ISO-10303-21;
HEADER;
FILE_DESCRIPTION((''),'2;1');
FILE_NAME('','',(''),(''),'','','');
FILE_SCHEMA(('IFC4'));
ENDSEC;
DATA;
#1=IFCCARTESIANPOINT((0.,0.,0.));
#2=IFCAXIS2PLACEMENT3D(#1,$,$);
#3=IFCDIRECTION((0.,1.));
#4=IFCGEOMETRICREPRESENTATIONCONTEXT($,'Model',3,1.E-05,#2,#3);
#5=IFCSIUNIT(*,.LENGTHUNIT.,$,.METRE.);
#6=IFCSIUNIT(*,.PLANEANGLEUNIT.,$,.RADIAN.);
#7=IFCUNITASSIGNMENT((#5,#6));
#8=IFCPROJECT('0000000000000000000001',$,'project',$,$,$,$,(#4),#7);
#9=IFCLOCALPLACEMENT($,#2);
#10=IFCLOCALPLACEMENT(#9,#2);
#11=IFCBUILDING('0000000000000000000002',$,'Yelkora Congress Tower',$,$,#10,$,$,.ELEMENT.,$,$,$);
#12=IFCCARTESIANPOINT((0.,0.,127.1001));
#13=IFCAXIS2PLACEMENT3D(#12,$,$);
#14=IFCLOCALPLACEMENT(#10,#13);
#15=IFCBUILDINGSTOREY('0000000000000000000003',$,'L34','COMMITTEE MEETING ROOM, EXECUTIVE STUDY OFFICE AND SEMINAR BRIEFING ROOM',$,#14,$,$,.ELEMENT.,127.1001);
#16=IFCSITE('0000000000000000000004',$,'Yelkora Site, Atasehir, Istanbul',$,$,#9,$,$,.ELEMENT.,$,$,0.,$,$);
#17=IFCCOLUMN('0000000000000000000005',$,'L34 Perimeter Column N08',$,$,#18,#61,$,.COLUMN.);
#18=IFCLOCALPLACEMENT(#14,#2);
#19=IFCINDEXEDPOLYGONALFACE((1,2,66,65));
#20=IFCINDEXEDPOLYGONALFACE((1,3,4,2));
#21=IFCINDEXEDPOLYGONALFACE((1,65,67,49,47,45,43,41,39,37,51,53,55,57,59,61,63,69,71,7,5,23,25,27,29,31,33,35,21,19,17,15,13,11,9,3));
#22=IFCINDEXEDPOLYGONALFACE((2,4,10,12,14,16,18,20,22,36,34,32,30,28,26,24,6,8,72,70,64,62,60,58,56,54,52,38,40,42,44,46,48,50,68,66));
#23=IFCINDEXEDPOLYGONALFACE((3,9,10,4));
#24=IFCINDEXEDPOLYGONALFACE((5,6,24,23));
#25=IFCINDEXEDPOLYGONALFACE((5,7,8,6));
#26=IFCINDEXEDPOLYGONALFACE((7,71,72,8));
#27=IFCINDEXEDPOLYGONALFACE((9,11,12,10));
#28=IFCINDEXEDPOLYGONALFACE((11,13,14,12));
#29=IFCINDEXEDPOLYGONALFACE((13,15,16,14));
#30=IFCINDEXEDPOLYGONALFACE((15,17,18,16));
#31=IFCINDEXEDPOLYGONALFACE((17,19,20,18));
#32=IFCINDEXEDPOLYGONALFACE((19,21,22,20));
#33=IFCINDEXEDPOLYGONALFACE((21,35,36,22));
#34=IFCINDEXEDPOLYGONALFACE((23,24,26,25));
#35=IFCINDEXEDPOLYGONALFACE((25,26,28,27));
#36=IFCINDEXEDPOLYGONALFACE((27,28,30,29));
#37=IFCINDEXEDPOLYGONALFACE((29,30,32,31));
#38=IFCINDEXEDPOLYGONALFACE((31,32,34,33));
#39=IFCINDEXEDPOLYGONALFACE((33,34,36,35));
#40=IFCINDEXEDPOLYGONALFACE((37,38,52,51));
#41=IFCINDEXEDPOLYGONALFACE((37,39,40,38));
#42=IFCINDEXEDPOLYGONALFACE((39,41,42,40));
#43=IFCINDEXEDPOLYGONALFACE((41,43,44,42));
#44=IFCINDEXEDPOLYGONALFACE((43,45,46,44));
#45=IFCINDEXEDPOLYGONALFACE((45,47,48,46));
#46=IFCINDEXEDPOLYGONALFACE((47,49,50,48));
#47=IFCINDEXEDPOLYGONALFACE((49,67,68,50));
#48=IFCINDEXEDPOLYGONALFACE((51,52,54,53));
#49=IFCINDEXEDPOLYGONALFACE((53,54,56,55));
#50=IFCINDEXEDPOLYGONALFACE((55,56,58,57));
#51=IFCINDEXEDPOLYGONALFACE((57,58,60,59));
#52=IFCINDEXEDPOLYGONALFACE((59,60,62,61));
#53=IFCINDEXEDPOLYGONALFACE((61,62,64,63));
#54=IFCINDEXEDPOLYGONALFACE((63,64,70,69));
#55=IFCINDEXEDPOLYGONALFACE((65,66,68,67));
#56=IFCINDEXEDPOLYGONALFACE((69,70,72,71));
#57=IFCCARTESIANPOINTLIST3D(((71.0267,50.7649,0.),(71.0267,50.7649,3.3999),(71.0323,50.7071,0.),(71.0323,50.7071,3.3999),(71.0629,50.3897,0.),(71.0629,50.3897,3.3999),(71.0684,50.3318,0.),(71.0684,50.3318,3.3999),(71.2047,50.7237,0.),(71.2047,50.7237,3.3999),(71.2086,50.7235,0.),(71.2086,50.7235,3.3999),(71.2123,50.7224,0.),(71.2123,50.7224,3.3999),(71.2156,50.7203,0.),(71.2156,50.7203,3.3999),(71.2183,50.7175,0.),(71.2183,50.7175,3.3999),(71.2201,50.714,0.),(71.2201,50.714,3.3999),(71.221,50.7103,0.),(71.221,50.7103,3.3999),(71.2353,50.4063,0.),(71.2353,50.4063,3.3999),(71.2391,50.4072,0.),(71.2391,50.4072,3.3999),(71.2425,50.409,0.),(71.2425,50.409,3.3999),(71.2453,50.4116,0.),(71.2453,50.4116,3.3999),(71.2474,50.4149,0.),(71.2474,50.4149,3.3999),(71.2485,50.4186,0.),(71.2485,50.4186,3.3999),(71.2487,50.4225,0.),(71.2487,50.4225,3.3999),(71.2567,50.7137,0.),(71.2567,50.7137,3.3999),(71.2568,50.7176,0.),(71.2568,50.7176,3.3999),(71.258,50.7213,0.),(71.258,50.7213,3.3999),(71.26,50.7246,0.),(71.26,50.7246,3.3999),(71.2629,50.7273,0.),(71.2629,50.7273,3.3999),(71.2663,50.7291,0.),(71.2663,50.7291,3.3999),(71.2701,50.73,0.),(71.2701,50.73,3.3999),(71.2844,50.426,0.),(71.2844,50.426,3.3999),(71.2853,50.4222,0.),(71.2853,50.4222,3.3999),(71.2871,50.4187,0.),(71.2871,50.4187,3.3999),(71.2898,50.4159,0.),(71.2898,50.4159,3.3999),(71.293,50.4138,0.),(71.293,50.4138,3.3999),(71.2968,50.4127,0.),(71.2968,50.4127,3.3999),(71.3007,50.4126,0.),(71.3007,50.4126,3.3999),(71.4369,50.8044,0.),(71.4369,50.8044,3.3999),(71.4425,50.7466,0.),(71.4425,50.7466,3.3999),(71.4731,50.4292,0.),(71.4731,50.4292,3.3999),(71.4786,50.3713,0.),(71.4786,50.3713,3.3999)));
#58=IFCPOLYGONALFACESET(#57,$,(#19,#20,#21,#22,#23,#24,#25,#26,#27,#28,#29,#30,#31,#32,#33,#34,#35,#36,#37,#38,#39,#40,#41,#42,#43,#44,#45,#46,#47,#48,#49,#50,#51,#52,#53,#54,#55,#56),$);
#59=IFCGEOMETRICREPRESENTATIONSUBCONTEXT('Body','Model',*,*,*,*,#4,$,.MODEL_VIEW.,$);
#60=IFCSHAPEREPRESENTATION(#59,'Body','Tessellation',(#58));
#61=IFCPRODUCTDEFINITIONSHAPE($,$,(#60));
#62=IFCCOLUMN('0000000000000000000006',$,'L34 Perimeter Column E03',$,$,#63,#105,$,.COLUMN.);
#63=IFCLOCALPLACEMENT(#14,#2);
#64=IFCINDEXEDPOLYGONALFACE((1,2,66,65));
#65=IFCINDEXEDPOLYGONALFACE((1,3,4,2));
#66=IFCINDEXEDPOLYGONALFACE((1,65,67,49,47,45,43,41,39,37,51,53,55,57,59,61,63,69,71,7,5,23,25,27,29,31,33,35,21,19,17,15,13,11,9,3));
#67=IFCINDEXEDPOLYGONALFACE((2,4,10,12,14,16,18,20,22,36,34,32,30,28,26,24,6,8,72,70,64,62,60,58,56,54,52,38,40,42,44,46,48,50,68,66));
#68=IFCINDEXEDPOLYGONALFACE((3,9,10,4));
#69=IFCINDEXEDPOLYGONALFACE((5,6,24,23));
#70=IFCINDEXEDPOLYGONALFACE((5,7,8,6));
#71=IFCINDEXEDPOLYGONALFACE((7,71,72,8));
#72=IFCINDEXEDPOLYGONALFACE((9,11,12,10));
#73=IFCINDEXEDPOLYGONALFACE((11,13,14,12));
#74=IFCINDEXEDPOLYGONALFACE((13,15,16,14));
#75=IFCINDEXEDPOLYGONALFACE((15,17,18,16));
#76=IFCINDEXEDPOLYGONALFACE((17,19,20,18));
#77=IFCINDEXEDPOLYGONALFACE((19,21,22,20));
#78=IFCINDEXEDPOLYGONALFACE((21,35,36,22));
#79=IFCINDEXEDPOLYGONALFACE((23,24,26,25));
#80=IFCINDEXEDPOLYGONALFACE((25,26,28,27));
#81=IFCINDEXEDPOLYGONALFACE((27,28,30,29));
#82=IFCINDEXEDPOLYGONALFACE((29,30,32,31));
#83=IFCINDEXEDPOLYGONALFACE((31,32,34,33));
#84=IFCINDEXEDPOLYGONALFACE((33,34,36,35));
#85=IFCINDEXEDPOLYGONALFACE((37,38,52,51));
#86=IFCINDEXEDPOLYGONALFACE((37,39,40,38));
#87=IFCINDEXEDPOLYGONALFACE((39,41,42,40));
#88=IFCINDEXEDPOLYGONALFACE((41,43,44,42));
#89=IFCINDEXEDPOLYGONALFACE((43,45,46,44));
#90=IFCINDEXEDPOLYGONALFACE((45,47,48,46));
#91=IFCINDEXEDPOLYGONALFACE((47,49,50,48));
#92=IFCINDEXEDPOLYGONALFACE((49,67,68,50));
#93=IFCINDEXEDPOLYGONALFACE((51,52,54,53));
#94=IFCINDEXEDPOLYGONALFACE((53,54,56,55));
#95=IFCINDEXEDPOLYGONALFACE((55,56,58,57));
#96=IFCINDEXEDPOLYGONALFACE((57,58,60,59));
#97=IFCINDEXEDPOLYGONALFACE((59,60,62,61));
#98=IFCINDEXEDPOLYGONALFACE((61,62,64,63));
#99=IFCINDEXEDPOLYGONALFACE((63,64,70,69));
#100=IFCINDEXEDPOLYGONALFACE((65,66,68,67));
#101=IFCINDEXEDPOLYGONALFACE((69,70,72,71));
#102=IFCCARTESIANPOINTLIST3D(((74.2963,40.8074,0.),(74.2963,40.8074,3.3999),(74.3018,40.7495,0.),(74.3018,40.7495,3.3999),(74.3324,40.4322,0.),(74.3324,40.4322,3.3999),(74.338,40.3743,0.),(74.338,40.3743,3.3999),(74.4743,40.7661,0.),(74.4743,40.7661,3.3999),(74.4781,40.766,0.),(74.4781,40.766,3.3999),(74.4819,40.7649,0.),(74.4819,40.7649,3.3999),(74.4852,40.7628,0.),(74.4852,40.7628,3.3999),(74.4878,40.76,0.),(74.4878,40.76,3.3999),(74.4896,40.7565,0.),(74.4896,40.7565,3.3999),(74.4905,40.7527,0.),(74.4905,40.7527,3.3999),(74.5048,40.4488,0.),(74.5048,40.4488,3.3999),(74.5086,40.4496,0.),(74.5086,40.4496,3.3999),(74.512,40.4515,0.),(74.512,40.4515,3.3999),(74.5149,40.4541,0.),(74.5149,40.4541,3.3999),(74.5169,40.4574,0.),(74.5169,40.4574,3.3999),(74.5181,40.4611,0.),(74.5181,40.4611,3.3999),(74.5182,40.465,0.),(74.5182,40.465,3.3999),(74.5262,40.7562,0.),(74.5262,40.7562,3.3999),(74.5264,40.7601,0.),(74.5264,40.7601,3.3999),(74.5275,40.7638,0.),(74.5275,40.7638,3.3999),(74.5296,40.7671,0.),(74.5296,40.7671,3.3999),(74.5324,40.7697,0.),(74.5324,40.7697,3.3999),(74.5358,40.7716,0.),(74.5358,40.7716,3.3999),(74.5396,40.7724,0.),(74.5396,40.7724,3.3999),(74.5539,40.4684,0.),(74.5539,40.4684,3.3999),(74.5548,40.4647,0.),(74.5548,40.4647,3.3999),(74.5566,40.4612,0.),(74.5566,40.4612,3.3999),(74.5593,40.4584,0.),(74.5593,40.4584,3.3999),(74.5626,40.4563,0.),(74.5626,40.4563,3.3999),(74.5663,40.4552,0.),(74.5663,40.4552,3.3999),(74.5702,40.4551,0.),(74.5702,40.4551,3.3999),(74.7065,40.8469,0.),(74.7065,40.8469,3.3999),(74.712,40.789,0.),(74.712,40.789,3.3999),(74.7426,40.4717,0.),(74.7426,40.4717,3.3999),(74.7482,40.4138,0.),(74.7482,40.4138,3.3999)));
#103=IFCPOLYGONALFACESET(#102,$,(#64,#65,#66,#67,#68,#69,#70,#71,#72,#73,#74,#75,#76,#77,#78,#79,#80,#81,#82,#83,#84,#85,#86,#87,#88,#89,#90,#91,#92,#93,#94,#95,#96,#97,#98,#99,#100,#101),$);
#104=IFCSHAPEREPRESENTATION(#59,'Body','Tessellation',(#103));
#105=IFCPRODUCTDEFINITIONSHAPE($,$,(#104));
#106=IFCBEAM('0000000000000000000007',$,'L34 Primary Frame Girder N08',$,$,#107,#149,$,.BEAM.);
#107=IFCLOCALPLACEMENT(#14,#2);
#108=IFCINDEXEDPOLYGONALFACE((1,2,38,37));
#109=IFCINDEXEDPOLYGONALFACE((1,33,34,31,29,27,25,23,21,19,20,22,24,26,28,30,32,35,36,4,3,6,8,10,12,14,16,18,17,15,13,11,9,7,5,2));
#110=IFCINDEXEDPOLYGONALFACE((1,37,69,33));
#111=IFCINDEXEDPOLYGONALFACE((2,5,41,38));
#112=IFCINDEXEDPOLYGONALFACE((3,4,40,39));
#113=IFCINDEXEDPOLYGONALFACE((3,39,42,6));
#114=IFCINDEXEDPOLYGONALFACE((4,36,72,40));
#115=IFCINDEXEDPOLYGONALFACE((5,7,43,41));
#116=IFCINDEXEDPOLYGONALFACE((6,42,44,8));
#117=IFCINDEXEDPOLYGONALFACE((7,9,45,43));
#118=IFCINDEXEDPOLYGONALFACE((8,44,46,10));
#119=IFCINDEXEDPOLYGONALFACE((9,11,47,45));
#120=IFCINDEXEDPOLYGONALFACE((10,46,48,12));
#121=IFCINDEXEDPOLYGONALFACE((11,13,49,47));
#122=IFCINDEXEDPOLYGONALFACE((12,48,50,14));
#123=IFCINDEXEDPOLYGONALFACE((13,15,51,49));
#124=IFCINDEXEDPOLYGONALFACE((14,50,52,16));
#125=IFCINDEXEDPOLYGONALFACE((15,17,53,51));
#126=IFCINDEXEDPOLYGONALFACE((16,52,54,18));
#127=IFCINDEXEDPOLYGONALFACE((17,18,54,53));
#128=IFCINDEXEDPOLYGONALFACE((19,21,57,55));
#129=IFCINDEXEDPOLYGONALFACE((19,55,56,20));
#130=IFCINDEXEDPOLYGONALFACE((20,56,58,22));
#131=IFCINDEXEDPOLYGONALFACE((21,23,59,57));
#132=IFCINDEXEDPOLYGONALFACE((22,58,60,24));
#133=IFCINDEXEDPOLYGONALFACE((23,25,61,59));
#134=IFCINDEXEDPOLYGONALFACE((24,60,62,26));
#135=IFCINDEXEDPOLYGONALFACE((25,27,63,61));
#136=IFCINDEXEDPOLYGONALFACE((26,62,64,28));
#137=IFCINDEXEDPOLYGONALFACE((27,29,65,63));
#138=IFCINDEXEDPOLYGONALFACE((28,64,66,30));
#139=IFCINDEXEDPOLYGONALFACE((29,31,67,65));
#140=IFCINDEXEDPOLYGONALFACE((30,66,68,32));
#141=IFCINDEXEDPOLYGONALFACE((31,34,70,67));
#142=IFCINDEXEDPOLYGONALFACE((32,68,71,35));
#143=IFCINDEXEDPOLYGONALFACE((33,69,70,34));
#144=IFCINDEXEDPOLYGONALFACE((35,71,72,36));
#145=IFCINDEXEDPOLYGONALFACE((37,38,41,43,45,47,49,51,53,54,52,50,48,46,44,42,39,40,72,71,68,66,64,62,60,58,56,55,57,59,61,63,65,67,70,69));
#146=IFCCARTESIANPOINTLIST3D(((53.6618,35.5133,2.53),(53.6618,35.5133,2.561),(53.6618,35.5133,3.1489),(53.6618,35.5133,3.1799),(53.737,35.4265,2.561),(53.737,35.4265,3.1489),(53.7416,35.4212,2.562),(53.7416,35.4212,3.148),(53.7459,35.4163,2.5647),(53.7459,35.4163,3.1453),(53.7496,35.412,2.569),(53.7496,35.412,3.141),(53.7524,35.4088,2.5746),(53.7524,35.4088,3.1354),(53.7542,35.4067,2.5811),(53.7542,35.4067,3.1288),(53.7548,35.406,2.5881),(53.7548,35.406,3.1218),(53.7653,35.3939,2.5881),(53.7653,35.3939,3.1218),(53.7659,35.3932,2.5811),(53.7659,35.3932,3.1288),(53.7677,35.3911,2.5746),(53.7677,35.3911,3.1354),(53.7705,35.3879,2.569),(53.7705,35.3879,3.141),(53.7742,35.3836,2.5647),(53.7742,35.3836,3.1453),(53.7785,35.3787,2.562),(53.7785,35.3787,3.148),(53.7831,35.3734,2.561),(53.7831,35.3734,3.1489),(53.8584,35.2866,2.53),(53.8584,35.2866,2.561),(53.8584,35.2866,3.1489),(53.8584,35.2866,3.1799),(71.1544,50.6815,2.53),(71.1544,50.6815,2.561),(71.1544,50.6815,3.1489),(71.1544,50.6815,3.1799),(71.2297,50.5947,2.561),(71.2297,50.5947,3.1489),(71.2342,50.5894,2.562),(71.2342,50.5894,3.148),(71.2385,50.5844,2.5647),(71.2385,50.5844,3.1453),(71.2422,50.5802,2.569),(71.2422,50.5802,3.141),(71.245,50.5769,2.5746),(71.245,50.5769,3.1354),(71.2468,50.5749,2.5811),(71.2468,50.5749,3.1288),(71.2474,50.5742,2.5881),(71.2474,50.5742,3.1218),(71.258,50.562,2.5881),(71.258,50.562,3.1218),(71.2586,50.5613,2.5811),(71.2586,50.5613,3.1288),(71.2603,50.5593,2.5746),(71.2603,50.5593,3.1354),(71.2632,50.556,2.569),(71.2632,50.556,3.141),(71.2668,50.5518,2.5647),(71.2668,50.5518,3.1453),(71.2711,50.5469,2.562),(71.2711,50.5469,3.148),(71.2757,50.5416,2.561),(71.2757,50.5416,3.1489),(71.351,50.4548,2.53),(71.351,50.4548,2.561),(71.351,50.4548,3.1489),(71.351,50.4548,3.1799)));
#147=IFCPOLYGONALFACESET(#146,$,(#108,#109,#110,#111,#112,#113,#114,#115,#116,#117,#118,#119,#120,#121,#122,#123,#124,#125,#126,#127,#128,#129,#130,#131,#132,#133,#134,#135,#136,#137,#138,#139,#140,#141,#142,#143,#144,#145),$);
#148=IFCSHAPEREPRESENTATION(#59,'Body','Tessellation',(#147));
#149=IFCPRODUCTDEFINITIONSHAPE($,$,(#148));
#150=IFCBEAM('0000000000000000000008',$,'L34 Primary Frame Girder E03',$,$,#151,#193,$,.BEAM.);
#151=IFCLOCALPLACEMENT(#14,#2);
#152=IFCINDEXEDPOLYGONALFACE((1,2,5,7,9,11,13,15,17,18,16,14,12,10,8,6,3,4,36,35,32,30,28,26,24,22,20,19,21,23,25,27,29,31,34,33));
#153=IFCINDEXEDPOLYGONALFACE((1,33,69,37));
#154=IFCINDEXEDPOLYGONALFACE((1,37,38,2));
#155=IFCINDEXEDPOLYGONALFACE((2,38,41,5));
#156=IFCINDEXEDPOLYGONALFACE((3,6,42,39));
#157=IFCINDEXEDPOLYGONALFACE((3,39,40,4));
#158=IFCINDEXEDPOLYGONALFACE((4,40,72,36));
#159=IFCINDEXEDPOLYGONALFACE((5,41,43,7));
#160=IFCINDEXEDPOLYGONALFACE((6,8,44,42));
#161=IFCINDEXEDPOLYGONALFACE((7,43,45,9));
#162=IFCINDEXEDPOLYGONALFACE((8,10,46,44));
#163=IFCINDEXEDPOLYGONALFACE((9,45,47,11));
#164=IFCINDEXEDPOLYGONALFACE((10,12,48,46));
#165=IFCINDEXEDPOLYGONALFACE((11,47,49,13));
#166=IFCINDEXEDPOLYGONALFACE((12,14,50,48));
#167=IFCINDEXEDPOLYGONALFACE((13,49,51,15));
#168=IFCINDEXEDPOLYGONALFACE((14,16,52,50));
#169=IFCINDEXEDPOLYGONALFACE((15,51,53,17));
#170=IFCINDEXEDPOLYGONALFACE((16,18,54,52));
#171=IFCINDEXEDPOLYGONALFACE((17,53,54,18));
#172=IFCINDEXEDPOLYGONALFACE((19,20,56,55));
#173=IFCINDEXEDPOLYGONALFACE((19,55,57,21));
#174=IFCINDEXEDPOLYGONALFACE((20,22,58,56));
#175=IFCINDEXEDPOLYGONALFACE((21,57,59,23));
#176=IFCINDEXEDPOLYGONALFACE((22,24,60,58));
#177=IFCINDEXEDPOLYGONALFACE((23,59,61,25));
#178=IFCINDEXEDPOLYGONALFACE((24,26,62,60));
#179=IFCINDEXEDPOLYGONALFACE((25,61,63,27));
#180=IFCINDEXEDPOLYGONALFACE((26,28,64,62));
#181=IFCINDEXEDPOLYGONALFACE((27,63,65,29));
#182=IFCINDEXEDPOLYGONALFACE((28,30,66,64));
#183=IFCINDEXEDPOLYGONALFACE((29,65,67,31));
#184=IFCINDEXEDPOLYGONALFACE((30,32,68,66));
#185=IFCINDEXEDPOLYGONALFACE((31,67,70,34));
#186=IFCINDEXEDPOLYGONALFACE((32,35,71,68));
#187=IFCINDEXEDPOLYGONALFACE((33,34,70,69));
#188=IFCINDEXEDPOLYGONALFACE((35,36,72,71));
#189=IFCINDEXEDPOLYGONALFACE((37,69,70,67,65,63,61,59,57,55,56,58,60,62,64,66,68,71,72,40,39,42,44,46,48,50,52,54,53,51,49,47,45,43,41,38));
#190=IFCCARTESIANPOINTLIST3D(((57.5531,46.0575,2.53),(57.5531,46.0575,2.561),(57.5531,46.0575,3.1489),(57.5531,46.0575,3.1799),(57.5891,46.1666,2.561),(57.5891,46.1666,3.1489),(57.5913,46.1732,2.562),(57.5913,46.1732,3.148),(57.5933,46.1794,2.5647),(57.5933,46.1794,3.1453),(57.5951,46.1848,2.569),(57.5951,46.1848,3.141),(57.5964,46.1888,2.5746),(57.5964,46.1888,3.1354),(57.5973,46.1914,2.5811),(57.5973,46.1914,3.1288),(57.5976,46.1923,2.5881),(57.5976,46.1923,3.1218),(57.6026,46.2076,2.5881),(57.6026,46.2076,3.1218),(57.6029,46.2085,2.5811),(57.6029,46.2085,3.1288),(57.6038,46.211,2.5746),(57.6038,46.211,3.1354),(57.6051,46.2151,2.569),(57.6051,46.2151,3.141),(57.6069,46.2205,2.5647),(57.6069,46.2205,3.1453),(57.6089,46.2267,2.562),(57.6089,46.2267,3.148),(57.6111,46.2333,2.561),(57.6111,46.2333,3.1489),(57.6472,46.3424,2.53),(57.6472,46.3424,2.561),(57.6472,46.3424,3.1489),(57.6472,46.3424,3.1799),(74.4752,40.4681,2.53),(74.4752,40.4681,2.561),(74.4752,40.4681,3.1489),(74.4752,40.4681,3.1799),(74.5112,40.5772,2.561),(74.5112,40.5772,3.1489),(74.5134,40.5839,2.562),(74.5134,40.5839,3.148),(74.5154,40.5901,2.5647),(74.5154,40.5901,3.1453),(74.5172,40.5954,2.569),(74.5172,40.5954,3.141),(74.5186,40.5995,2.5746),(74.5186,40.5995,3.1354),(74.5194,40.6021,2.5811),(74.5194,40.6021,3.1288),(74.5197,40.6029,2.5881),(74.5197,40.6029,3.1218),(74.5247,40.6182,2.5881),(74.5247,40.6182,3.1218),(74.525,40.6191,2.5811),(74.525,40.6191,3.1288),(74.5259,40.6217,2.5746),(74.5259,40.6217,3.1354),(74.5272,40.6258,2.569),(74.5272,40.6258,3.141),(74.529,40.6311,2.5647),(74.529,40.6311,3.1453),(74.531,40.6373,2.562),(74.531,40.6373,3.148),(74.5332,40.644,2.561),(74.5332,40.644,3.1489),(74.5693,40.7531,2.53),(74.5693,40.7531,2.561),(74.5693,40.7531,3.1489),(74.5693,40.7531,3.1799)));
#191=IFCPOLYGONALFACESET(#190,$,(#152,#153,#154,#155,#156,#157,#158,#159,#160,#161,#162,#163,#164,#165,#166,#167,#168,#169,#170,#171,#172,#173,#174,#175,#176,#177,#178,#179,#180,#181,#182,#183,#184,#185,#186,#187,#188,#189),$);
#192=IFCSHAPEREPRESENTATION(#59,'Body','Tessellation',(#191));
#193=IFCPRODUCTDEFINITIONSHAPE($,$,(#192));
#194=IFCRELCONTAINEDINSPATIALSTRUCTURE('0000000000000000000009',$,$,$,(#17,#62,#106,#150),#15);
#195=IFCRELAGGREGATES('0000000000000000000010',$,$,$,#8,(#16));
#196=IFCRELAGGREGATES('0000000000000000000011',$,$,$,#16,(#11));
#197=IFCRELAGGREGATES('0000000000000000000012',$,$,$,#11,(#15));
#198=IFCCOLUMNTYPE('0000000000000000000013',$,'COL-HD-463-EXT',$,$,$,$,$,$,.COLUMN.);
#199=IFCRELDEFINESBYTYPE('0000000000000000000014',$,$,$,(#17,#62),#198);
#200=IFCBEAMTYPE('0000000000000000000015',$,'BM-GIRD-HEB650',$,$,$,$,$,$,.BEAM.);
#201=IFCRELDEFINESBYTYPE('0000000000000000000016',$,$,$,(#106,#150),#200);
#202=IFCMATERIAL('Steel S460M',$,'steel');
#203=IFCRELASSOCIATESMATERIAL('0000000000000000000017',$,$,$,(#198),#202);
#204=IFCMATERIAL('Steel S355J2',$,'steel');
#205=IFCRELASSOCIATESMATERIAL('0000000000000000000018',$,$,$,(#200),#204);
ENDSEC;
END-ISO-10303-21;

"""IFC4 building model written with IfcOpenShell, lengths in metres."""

from ifc_helpers import new_model, si_unit, direction, frame, origin, origin_2d, place, context, subcontext, project, spatial, i_section, extrude, material, material_profile, profile_set, type_object, element, save


model = new_model("IFC4")

# Units and contexts
model_context = context("Model", 3, precision=1e-05, world=origin(), true_north=direction((0.0, 1.0)))
body_context = subcontext(model_context, "Body", "Model", "MODEL_VIEW")
ifc_project = project(units=[si_unit("LENGTHUNIT", "METRE"), si_unit("PLANEANGLEUNIT", "RADIAN")], contexts=[model_context])

# Site, building, storey
site_placement = place(None, origin())
site = spatial("IfcSite", under=ifc_project, at=site_placement, Name="Yelkora Site, Atasehir, Istanbul", CompositionType="ELEMENT", RefElevation=0.0)
building_placement = place(site_placement, origin())
building = spatial("IfcBuilding", under=site, at=building_placement, Name="Yelkora Congress Tower", CompositionType="ELEMENT")
storey_placement = place(building_placement, frame((0.0, 0.0, 127.1001)))
storey = spatial("IfcBuildingStorey", under=building, at=storey_placement, Name="L34", Description="COMMITTEE MEETING ROOM, EXECUTIVE STUDY OFFICE AND SEMINAR BRIEFING ROOM", CompositionType="ELEMENT", Elevation=127.1001)

# Columns
ifc_material_1 = material(Name="Steel S460M", Category="steel")
ifc_material_profile_1 = material_profile(ifc_material_1, i_section(OverallWidth=0.4121, OverallDepth=0.4351, WebThickness=0.0359, FlangeThickness=0.0581, FilletRadius=0.0149, at=origin_2d()), Name="HD 400x463")
ifc_profile_set_1 = profile_set([ifc_material_profile_1], Name="Steel S460M")
column_type = type_object("IfcColumnType", Name="COL-HD-463-EXT", PredefinedType="COLUMN", material=ifc_profile_set_1)
for number, where, z_axis, x_axis, name in (
    (1, (71.2527, 50.5681, 0.0), (0.0, 0.0, 1.0), (0.995396, 0.095846, 0.0), "L34 Perimeter Column N08"),
    (2, (74.5222, 40.6106, 0.0), (0.0, 0.0, 1.0), (0.995396, 0.095846, 0.0), "L34 Perimeter Column E03"),
):
    element("IfcColumn", number, at=place(storey_placement, frame(where, z_axis=z_axis, x_axis=x_axis)), inside=storey, type_object=column_type, Name=name, PredefinedType="COLUMN", context=body_context, shape_type="SweptSolid", body=[
        extrude(i_section(OverallWidth=0.4121, OverallDepth=0.4351, WebThickness=0.0359, FlangeThickness=0.0581, FilletRadius=0.0149, at=origin_2d()), origin(), (0.0, 0.0, 1.0), 3.3999),
    ])

# Beams
ifc_material_2 = material(Name="Steel S355J2", Category="steel")
ifc_material_profile_2 = material_profile(ifc_material_2, i_section(OverallWidth=0.3, OverallDepth=0.6499, WebThickness=0.0161, FlangeThickness=0.031, FilletRadius=0.0271, at=origin_2d()), Name="HEB 650")
ifc_profile_set_2 = profile_set([ifc_material_profile_2], Name="Steel S355J2")
beam_type_1 = type_object("IfcBeamType", Name="BM-GIRD-HEB650", PredefinedType="BEAM", material=ifc_profile_set_2)
beam_1_placement = place(storey_placement, frame((71.2527, 50.5681, 2.855), z_axis=(-0.75552, -0.655125, 0.0), x_axis=(0.655125, -0.75552, 0.0)))
element("IfcBeam", 3, at=beam_1_placement, inside=storey, type_object=beam_type_1, Name="L34 Primary Frame Girder N08", PredefinedType="BEAM", context=body_context, shape_type="SweptSolid", body=[
    extrude(i_section(OverallWidth=0.3, OverallDepth=0.6499, WebThickness=0.0161, FlangeThickness=0.031, FilletRadius=0.0271, at=origin_2d()), origin(), (0.0, 0.0, 1.0), 23.1531),
])
beam_2_placement = place(storey_placement, frame((74.5222, 40.6106, 2.855), z_axis=(-0.949544, 0.313633, 0.0), x_axis=(-0.313633, -0.949544, 0.0)))
element("IfcBeam", 4, at=beam_2_placement, inside=storey, type_object=beam_type_1, Name="L34 Primary Frame Girder E03", PredefinedType="BEAM", context=body_context, shape_type="SweptSolid", body=[
    extrude(i_section(OverallWidth=0.3, OverallDepth=0.6499, WebThickness=0.0161, FlangeThickness=0.031, FilletRadius=0.0271, at=origin_2d()), origin(), (0.0, 0.0, 1.0), 17.8213),
])

save(model, "model.ifc")
